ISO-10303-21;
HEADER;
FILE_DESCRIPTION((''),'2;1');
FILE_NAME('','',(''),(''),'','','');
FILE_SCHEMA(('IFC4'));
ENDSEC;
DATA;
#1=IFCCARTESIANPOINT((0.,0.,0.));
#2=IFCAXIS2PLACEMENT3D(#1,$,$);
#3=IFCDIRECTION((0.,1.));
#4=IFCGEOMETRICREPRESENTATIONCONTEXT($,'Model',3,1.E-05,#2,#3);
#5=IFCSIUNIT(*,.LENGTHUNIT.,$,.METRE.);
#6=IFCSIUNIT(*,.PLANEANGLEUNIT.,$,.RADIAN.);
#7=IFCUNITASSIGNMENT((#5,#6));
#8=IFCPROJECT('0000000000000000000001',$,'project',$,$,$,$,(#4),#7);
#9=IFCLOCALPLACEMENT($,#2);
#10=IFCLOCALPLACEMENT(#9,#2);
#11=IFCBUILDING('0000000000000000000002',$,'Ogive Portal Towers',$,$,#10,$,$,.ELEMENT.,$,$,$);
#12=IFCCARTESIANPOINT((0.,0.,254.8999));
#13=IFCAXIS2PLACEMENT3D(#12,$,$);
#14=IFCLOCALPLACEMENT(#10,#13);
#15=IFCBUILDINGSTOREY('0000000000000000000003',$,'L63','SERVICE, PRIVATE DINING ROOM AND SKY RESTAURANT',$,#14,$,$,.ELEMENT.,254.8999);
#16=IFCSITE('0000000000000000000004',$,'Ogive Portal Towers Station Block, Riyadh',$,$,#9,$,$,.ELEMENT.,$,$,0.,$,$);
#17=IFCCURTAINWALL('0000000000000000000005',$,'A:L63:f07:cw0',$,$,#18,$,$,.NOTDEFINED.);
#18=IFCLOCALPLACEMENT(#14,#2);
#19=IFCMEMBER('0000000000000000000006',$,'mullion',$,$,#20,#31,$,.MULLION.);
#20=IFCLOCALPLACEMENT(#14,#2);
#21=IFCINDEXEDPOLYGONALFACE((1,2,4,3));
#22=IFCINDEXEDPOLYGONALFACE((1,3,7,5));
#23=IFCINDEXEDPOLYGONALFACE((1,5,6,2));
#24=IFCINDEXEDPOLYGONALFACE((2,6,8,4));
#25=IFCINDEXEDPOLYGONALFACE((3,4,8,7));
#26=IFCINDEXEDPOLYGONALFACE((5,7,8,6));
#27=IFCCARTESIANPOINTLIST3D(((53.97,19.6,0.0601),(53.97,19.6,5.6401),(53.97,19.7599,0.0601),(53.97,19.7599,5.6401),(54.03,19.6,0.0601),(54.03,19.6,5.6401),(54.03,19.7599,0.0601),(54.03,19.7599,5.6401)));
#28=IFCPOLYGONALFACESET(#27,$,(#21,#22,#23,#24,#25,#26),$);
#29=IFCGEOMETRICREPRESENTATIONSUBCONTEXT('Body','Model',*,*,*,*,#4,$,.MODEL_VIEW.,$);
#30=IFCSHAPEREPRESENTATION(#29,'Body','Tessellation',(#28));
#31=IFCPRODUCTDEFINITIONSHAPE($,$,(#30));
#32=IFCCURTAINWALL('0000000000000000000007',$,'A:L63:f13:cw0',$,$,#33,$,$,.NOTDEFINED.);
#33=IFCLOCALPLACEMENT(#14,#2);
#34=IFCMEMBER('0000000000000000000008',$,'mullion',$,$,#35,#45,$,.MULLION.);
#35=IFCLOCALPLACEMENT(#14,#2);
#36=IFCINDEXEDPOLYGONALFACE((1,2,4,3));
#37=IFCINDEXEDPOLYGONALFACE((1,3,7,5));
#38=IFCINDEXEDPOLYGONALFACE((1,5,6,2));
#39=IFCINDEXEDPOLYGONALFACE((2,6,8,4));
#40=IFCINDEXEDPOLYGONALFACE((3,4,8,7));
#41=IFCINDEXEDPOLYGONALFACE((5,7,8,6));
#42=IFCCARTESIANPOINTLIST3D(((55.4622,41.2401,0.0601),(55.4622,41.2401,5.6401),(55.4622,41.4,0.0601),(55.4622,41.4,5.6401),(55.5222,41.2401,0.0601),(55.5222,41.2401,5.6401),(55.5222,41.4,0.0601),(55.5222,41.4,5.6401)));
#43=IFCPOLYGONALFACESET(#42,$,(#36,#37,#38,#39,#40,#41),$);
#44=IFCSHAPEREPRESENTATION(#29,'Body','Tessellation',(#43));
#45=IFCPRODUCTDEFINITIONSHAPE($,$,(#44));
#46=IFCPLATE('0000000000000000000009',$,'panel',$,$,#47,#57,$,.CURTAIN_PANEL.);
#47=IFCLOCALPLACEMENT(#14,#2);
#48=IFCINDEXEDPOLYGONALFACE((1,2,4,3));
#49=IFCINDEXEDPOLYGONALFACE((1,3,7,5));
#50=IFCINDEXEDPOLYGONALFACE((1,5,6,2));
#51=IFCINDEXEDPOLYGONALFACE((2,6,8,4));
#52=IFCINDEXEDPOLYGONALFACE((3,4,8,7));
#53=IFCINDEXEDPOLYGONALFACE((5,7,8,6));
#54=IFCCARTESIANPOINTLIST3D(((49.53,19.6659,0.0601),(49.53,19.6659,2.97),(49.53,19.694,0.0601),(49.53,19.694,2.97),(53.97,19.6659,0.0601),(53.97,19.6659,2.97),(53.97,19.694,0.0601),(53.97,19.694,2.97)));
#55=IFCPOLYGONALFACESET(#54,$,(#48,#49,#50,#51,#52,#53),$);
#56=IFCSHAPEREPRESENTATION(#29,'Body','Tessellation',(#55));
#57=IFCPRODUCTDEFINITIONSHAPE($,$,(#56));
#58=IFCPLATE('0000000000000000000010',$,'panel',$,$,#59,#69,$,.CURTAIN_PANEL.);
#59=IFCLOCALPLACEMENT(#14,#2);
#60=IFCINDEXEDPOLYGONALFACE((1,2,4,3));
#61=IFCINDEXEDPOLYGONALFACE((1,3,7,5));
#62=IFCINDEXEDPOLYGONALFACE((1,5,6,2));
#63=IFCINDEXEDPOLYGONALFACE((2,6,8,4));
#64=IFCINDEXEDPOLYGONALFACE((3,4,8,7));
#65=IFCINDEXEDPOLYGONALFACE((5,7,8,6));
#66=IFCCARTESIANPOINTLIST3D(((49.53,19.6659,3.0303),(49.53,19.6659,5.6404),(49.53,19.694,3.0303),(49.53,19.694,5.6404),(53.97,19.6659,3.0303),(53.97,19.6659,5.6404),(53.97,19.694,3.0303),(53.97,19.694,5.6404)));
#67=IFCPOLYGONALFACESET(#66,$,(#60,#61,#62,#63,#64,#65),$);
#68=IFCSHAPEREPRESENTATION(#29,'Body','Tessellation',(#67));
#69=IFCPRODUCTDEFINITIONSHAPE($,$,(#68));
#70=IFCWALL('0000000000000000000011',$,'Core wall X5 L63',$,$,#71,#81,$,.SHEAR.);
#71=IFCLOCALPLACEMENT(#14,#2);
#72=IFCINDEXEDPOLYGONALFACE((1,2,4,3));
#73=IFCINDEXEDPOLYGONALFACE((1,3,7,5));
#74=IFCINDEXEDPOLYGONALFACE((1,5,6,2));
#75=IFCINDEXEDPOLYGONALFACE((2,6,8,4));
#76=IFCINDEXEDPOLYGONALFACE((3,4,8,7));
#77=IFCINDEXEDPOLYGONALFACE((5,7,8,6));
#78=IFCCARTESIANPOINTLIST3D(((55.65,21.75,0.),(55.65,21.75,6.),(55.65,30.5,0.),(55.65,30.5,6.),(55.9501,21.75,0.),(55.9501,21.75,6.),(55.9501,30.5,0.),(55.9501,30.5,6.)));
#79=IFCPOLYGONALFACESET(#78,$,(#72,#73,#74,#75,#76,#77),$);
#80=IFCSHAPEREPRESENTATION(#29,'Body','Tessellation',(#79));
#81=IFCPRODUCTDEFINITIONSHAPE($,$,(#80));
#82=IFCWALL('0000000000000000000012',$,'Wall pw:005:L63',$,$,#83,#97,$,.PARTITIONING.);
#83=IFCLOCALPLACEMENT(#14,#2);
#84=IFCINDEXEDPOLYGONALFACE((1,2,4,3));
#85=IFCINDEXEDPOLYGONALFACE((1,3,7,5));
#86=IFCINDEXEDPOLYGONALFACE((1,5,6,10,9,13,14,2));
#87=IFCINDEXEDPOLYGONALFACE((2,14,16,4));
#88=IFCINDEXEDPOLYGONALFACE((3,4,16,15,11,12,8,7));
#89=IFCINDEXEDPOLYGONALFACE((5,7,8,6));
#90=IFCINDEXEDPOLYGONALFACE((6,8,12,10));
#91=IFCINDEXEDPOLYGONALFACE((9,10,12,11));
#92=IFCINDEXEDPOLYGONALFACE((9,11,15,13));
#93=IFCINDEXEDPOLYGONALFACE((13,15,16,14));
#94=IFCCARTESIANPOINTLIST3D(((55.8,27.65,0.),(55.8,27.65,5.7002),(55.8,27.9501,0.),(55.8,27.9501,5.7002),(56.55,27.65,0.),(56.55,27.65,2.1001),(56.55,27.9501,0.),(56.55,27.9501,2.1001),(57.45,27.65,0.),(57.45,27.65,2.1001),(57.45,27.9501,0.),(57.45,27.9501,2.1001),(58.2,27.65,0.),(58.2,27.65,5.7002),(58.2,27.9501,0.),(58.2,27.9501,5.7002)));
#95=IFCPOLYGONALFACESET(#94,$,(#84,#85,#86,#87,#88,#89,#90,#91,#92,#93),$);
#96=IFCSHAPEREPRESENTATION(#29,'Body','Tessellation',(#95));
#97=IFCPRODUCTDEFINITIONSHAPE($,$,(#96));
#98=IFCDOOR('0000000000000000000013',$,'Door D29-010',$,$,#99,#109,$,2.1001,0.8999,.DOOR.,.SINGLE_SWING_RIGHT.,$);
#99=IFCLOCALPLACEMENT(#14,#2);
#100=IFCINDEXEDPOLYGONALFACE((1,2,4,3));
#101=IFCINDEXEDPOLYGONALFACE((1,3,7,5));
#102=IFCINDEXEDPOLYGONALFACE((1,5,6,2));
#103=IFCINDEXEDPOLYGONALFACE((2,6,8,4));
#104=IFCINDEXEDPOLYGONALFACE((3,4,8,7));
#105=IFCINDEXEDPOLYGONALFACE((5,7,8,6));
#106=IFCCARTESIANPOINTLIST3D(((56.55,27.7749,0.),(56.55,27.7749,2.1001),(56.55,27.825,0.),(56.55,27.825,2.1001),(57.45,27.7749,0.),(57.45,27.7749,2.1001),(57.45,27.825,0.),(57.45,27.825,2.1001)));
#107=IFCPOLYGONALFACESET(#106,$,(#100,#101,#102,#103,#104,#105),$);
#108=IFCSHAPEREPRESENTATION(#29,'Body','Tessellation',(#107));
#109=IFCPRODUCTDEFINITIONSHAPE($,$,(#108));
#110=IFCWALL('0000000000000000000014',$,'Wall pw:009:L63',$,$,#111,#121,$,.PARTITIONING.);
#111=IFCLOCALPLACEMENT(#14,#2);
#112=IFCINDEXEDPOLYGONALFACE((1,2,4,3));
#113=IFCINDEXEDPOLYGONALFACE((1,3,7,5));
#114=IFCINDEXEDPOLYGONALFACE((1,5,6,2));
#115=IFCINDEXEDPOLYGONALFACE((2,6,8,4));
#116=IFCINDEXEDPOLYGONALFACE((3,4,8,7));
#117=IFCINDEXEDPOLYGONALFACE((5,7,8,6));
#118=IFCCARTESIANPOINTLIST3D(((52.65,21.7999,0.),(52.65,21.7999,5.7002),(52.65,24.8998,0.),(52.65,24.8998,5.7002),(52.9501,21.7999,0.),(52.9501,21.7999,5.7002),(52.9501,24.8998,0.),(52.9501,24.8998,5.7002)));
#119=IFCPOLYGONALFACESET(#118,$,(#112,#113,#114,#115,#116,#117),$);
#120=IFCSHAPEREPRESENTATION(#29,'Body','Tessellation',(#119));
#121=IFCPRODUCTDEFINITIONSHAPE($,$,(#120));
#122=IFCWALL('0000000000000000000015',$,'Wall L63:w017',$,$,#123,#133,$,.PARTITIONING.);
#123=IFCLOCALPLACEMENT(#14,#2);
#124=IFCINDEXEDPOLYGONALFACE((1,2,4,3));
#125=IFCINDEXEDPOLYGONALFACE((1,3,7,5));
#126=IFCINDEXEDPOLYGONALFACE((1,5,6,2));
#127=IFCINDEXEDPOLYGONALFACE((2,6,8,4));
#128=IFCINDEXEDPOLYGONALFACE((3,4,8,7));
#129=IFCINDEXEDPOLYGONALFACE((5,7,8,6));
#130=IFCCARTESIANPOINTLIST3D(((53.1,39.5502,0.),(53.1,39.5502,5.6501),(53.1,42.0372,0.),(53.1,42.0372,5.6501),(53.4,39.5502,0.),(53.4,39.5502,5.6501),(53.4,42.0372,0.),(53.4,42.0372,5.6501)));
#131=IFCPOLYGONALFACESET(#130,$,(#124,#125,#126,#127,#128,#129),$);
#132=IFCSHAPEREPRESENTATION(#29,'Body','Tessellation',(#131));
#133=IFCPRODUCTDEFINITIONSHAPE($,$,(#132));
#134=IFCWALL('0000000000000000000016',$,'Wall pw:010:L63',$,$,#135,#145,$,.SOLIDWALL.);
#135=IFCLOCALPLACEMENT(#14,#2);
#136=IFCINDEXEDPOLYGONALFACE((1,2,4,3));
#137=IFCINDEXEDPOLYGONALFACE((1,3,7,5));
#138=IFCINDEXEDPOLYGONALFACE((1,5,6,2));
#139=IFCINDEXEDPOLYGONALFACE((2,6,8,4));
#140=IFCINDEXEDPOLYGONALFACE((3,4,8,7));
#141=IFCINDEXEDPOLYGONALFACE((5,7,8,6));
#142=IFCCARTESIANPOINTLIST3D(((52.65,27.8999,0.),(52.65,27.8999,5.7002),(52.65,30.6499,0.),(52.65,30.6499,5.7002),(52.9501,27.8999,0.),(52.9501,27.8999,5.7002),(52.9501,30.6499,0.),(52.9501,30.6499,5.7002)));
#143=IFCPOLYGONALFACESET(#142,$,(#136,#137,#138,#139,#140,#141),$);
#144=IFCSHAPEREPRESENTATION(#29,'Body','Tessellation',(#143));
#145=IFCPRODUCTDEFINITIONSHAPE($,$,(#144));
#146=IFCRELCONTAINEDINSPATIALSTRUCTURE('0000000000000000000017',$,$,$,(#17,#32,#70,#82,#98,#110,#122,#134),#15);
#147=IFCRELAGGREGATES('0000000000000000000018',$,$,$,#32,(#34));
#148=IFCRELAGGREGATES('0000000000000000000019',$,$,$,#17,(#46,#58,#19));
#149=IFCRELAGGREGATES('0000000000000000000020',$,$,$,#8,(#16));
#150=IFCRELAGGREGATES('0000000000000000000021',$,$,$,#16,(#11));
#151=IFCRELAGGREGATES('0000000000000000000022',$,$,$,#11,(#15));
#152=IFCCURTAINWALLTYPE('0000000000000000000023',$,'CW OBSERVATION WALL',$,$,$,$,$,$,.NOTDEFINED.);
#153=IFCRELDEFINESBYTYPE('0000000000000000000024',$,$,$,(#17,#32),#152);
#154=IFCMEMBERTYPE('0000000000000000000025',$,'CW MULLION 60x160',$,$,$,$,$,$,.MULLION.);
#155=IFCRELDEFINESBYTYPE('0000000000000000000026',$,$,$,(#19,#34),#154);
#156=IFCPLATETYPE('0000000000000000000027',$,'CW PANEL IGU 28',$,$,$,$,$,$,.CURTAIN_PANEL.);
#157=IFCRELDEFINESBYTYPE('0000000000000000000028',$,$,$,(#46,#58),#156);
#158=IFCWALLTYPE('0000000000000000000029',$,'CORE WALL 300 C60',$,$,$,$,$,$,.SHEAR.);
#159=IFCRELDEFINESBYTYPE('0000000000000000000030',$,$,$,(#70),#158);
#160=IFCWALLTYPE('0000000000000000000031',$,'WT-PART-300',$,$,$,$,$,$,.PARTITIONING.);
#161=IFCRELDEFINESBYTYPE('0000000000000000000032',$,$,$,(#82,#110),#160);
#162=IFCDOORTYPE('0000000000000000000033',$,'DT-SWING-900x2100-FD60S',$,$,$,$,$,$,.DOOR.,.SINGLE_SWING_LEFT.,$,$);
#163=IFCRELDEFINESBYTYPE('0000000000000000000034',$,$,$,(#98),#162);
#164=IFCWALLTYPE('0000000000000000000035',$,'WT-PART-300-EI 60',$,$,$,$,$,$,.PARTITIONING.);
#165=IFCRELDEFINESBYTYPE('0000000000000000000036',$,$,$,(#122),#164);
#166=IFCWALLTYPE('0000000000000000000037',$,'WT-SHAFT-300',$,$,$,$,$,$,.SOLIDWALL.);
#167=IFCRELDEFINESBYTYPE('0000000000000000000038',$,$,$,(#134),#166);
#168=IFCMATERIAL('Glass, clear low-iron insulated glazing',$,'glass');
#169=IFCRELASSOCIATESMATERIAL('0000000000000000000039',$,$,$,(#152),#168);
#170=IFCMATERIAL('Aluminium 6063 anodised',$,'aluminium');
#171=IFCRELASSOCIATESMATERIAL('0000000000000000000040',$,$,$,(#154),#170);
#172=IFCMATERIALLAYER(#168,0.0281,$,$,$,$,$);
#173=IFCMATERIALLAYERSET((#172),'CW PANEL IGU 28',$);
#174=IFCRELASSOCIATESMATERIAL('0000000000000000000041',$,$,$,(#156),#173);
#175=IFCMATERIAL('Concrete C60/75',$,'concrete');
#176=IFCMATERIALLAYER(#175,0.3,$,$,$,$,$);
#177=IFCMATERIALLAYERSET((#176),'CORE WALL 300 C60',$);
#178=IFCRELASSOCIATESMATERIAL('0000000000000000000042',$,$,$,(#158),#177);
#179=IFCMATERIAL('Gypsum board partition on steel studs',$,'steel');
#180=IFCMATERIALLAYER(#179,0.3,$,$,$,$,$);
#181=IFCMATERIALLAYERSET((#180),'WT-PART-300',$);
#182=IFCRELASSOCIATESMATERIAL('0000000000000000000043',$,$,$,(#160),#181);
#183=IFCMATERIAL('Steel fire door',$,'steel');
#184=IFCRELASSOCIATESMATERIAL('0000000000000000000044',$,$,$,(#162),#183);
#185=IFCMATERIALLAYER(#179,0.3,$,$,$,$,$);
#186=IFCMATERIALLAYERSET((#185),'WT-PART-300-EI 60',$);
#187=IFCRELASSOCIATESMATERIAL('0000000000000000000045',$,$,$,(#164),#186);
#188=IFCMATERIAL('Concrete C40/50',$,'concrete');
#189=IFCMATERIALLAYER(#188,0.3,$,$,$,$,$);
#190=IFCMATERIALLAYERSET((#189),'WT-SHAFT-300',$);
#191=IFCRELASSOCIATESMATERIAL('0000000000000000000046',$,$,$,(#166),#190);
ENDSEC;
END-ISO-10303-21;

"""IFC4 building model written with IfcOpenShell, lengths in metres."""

from ifc_helpers import new_model, si_unit, direction, frame, frame_2d, origin, origin_2d, place, context, subcontext, project, spatial, rectangle, extrude, material, layer, layer_set, material_profile, profile_set, type_object, element, fill, aggregate, save


model = new_model("IFC4")

# Units and contexts
model_context = context("Model", 3, precision=1e-05, world=origin(), true_north=direction((0.0, 1.0)))
body_context = subcontext(model_context, "Body", "Model", "MODEL_VIEW")
ifc_project = project(units=[si_unit("LENGTHUNIT", "METRE"), si_unit("PLANEANGLEUNIT", "RADIAN")], contexts=[model_context])

# Site, building, storey
site_placement = place(None, origin())
site = spatial("IfcSite", under=ifc_project, at=site_placement, Name="Ogive Portal Towers Station Block, Riyadh", CompositionType="ELEMENT", RefElevation=0.0)
building_placement = place(site_placement, origin())
building = spatial("IfcBuilding", under=site, at=building_placement, Name="Ogive Portal Towers", CompositionType="ELEMENT")
storey_placement = place(building_placement, frame((0.0, 0.0, 254.8999)))
storey = spatial("IfcBuildingStorey", under=building, at=storey_placement, Name="L63", Description="SERVICE, PRIVATE DINING ROOM AND SKY RESTAURANT", CompositionType="ELEMENT", Elevation=254.8999)

# Curtain walls, members
ifc_material_1 = material(Name="Glass, clear low-iron insulated glazing", Category="glass")
curtain_wall_type = type_object("IfcCurtainWallType", Name="CW OBSERVATION WALL", PredefinedType="NOTDEFINED", material=ifc_material_1)
curtain_wall_1_placement = place(storey_placement, origin())
curtain_wall_1 = element("IfcCurtainWall", 1, at=curtain_wall_1_placement, inside=storey, type_object=curtain_wall_type, Name="A:L63:f07:cw0", PredefinedType="NOTDEFINED")
ifc_material_2 = material(Name="Aluminium 6063 anodised", Category="aluminium")
ifc_material_profile = material_profile(ifc_material_2, rectangle(XDim=0.1599, YDim=0.0601, at=origin_2d()), Name="AL 60x160")
ifc_profile_set = profile_set([ifc_material_profile], Name="Aluminium 6063 anodised")
member_type = type_object("IfcMemberType", Name="CW MULLION 60x160", PredefinedType="MULLION", material=ifc_profile_set)
member_1_placement = place(storey_placement, frame((54.0, 19.6799, 0.0601), z_axis=(0.0, 0.0, 1.0), x_axis=(0.0, 1.0, 0.0)))
member_1 = element("IfcMember", 2, at=member_1_placement, type_object=member_type, Name="mullion", PredefinedType="MULLION", context=body_context, shape_type="SweptSolid", body=[
    extrude(rectangle(XDim=0.1599, YDim=0.0601, at=origin_2d()), origin(), (0.0, 0.0, 1.0), 5.5801),
])
curtain_wall_2_placement = place(storey_placement, origin())
curtain_wall_2 = element("IfcCurtainWall", 3, at=curtain_wall_2_placement, inside=storey, type_object=curtain_wall_type, Name="A:L63:f13:cw0", PredefinedType="NOTDEFINED")
member_2_placement = place(storey_placement, frame((55.4922, 41.3201, 0.0601), z_axis=(0.0, 0.0, 1.0), x_axis=(0.0, -1.0, 0.0)))
member_2 = element("IfcMember", 4, at=member_2_placement, type_object=member_type, Name="mullion", PredefinedType="MULLION", context=body_context, shape_type="SweptSolid", body=[
    extrude(rectangle(XDim=0.1599, YDim=0.0601, at=origin_2d()), origin(), (0.0, 0.0, 1.0), 5.5801),
])
aggregate(curtain_wall_2, [member_2])

# Plates
ifc_layer_1 = layer(ifc_material_1, 0.0281)
ifc_layer_set_1 = layer_set([ifc_layer_1], Name="CW PANEL IGU 28")
plate_type = type_object("IfcPlateType", Name="CW PANEL IGU 28", PredefinedType="CURTAIN_PANEL", material=ifc_layer_set_1)
plate_1_placement = place(storey_placement, frame((51.75, 19.6799, 0.0601), z_axis=(0.0, 0.0, 1.0), x_axis=(1.0, 0.0, 0.0)))
plate_1 = element("IfcPlate", 5, at=plate_1_placement, type_object=plate_type, Name="panel", PredefinedType="CURTAIN_PANEL", context=body_context, shape_type="SweptSolid", body=[
    extrude(rectangle(XDim=4.4399, YDim=0.0281, at=origin_2d()), origin(), (0.0, 0.0, 1.0), 2.9099),
])
plate_2_placement = place(storey_placement, frame((51.75, 19.6799, 3.0303), z_axis=(0.0, 0.0, 1.0), x_axis=(1.0, 0.0, 0.0)))
plate_2 = element("IfcPlate", 6, at=plate_2_placement, type_object=plate_type, Name="panel", PredefinedType="CURTAIN_PANEL", context=body_context, shape_type="SweptSolid", body=[
    extrude(rectangle(XDim=4.4399, YDim=0.0281, at=origin_2d()), origin(), (0.0, 0.0, 1.0), 2.6101),
])
aggregate(curtain_wall_1, [plate_1, plate_2, member_1])

# Wall
ifc_material_3 = material(Name="Concrete C60/75", Category="concrete")
ifc_layer_2 = layer(ifc_material_3, 0.3)
ifc_layer_set_2 = layer_set([ifc_layer_2], Name="CORE WALL 300 C60")
wall_type_1 = type_object("IfcWallType", Name="CORE WALL 300 C60", PredefinedType="SHEAR", material=ifc_layer_set_2)
wall_1_placement = place(storey_placement, frame((55.8, 21.75, 0.0), z_axis=(0.0, 0.0, 1.0), x_axis=(0.0, 1.0, 0.0)))
element("IfcWall", 7, at=wall_1_placement, inside=storey, type_object=wall_type_1, Name="Core wall X5 L63", PredefinedType="SHEAR", context=body_context, shape_type="SweptSolid", body=[
    extrude(rectangle(XDim=8.75, YDim=0.3, at=frame_2d((4.375, 0.0))), origin(), (0.0, 0.0, 1.0), 6.0),
])

# Wall, opening, door
ifc_material_4 = material(Name="Gypsum board partition on steel studs", Category="steel")
ifc_layer_3 = layer(ifc_material_4, 0.3)
ifc_layer_set_3 = layer_set([ifc_layer_3], Name="WT-PART-300")
wall_type_2 = type_object("IfcWallType", Name="WT-PART-300", PredefinedType="PARTITIONING", material=ifc_layer_set_3)
wall_2_placement = place(storey_placement, frame((55.8, 27.8, 0.0), z_axis=(0.0, 0.0, 1.0), x_axis=(1.0, 0.0, 0.0)))
wall_2 = element("IfcWall", 8, at=wall_2_placement, inside=storey, type_object=wall_type_2, Name="Wall pw:005:L63", PredefinedType="PARTITIONING", context=body_context, shape_type="SweptSolid", body=[
    extrude(rectangle(XDim=2.3999, YDim=0.3, at=frame_2d((1.2, 0.0))), origin(), (0.0, 0.0, 1.0), 5.7002),
])
opening_1_placement = place(wall_2_placement, frame((0.75, 0.0, 0.0)))
opening_1 = element("IfcOpeningElement", 9, at=opening_1_placement, cuts=wall_2, PredefinedType="OPENING", context=body_context, shape_type="SweptSolid", body=[
    extrude(rectangle(XDim=0.8999, YDim=2.1001, at=frame_2d((0.45, 1.05))), frame((0.0, 0.1602, 0.0), z_axis=(0.0, -1.0, 0.0), x_axis=(1.0, 0.0, 0.0)), (0.0, 0.0, 1.0), 0.3201),
])
ifc_material_5 = material(Name="Steel fire door", Category="steel")
door_type_1 = type_object("IfcDoorType", Name="DT-SWING-900x2100-FD60S", OperationType="SINGLE_SWING_LEFT", PredefinedType="DOOR", material=ifc_material_5)
door_1_placement = place(opening_1_placement, origin())
door_1 = element("IfcDoor", 10, at=door_1_placement, inside=storey, type_object=door_type_1, Name="Door D29-010", OperationType="SINGLE_SWING_RIGHT", OverallHeight=2.1001, OverallWidth=0.8999, PredefinedType="DOOR", context=body_context, shape_type="SweptSolid", body=[
    extrude(rectangle(XDim=0.8999, YDim=2.1001, at=frame_2d((0.45, 1.05))), frame((0.0, 0.0249, 0.0), z_axis=(0.0, -1.0, 0.0), x_axis=(1.0, 0.0, 0.0)), (0.0, 0.0, 1.0), 0.05),
])
fill(opening_1, door_1)

# Walls
wall_3_placement = place(storey_placement, frame((52.8, 21.8, 0.0), z_axis=(0.0, 0.0, 1.0), x_axis=(0.0, 1.0, 0.0)))
element("IfcWall", 11, at=wall_3_placement, inside=storey, type_object=wall_type_2, Name="Wall pw:009:L63", PredefinedType="PARTITIONING", context=body_context, shape_type="SweptSolid", body=[
    extrude(rectangle(XDim=3.0999, YDim=0.3, at=frame_2d((1.5498, 0.0))), origin(), (0.0, 0.0, 1.0), 5.7002),
])
ifc_layer_4 = layer(ifc_material_4, 0.3)
ifc_layer_set_4 = layer_set([ifc_layer_4], Name="WT-PART-300-EI 60")
wall_type_3 = type_object("IfcWallType", Name="WT-PART-300-EI 60", PredefinedType="PARTITIONING", material=ifc_layer_set_4)
wall_4_placement = place(storey_placement, frame((53.25, 39.55, 0.0), z_axis=(0.0, 0.0, 1.0), x_axis=(0.0, 1.0, 0.0)))
element("IfcWall", 12, at=wall_4_placement, inside=storey, type_object=wall_type_3, Name="Wall L63:w017", PredefinedType="PARTITIONING", context=body_context, shape_type="SweptSolid", body=[
    extrude(rectangle(XDim=2.4871, YDim=0.3, at=frame_2d((1.2437, 0.0))), origin(), (0.0, 0.0, 1.0), 5.6501),
])
ifc_material_6 = material(Name="Concrete C40/50", Category="concrete")
ifc_layer_5 = layer(ifc_material_6, 0.3)
ifc_layer_set_5 = layer_set([ifc_layer_5], Name="WT-SHAFT-300")
wall_type_4 = type_object("IfcWallType", Name="WT-SHAFT-300", PredefinedType="SOLIDWALL", material=ifc_layer_set_5)
wall_5_placement = place(storey_placement, frame((52.8, 27.8999, 0.0), z_axis=(0.0, 0.0, 1.0), x_axis=(0.0, 1.0, 0.0)))
element("IfcWall", 13, at=wall_5_placement, inside=storey, type_object=wall_type_4, Name="Wall pw:010:L63", PredefinedType="SOLIDWALL", context=body_context, shape_type="SweptSolid", body=[
    extrude(rectangle(XDim=2.75, YDim=0.3, at=frame_2d((1.375, 0.0))), origin(), (0.0, 0.0, 1.0), 5.7002),
])

save(model, "model.ifc")
